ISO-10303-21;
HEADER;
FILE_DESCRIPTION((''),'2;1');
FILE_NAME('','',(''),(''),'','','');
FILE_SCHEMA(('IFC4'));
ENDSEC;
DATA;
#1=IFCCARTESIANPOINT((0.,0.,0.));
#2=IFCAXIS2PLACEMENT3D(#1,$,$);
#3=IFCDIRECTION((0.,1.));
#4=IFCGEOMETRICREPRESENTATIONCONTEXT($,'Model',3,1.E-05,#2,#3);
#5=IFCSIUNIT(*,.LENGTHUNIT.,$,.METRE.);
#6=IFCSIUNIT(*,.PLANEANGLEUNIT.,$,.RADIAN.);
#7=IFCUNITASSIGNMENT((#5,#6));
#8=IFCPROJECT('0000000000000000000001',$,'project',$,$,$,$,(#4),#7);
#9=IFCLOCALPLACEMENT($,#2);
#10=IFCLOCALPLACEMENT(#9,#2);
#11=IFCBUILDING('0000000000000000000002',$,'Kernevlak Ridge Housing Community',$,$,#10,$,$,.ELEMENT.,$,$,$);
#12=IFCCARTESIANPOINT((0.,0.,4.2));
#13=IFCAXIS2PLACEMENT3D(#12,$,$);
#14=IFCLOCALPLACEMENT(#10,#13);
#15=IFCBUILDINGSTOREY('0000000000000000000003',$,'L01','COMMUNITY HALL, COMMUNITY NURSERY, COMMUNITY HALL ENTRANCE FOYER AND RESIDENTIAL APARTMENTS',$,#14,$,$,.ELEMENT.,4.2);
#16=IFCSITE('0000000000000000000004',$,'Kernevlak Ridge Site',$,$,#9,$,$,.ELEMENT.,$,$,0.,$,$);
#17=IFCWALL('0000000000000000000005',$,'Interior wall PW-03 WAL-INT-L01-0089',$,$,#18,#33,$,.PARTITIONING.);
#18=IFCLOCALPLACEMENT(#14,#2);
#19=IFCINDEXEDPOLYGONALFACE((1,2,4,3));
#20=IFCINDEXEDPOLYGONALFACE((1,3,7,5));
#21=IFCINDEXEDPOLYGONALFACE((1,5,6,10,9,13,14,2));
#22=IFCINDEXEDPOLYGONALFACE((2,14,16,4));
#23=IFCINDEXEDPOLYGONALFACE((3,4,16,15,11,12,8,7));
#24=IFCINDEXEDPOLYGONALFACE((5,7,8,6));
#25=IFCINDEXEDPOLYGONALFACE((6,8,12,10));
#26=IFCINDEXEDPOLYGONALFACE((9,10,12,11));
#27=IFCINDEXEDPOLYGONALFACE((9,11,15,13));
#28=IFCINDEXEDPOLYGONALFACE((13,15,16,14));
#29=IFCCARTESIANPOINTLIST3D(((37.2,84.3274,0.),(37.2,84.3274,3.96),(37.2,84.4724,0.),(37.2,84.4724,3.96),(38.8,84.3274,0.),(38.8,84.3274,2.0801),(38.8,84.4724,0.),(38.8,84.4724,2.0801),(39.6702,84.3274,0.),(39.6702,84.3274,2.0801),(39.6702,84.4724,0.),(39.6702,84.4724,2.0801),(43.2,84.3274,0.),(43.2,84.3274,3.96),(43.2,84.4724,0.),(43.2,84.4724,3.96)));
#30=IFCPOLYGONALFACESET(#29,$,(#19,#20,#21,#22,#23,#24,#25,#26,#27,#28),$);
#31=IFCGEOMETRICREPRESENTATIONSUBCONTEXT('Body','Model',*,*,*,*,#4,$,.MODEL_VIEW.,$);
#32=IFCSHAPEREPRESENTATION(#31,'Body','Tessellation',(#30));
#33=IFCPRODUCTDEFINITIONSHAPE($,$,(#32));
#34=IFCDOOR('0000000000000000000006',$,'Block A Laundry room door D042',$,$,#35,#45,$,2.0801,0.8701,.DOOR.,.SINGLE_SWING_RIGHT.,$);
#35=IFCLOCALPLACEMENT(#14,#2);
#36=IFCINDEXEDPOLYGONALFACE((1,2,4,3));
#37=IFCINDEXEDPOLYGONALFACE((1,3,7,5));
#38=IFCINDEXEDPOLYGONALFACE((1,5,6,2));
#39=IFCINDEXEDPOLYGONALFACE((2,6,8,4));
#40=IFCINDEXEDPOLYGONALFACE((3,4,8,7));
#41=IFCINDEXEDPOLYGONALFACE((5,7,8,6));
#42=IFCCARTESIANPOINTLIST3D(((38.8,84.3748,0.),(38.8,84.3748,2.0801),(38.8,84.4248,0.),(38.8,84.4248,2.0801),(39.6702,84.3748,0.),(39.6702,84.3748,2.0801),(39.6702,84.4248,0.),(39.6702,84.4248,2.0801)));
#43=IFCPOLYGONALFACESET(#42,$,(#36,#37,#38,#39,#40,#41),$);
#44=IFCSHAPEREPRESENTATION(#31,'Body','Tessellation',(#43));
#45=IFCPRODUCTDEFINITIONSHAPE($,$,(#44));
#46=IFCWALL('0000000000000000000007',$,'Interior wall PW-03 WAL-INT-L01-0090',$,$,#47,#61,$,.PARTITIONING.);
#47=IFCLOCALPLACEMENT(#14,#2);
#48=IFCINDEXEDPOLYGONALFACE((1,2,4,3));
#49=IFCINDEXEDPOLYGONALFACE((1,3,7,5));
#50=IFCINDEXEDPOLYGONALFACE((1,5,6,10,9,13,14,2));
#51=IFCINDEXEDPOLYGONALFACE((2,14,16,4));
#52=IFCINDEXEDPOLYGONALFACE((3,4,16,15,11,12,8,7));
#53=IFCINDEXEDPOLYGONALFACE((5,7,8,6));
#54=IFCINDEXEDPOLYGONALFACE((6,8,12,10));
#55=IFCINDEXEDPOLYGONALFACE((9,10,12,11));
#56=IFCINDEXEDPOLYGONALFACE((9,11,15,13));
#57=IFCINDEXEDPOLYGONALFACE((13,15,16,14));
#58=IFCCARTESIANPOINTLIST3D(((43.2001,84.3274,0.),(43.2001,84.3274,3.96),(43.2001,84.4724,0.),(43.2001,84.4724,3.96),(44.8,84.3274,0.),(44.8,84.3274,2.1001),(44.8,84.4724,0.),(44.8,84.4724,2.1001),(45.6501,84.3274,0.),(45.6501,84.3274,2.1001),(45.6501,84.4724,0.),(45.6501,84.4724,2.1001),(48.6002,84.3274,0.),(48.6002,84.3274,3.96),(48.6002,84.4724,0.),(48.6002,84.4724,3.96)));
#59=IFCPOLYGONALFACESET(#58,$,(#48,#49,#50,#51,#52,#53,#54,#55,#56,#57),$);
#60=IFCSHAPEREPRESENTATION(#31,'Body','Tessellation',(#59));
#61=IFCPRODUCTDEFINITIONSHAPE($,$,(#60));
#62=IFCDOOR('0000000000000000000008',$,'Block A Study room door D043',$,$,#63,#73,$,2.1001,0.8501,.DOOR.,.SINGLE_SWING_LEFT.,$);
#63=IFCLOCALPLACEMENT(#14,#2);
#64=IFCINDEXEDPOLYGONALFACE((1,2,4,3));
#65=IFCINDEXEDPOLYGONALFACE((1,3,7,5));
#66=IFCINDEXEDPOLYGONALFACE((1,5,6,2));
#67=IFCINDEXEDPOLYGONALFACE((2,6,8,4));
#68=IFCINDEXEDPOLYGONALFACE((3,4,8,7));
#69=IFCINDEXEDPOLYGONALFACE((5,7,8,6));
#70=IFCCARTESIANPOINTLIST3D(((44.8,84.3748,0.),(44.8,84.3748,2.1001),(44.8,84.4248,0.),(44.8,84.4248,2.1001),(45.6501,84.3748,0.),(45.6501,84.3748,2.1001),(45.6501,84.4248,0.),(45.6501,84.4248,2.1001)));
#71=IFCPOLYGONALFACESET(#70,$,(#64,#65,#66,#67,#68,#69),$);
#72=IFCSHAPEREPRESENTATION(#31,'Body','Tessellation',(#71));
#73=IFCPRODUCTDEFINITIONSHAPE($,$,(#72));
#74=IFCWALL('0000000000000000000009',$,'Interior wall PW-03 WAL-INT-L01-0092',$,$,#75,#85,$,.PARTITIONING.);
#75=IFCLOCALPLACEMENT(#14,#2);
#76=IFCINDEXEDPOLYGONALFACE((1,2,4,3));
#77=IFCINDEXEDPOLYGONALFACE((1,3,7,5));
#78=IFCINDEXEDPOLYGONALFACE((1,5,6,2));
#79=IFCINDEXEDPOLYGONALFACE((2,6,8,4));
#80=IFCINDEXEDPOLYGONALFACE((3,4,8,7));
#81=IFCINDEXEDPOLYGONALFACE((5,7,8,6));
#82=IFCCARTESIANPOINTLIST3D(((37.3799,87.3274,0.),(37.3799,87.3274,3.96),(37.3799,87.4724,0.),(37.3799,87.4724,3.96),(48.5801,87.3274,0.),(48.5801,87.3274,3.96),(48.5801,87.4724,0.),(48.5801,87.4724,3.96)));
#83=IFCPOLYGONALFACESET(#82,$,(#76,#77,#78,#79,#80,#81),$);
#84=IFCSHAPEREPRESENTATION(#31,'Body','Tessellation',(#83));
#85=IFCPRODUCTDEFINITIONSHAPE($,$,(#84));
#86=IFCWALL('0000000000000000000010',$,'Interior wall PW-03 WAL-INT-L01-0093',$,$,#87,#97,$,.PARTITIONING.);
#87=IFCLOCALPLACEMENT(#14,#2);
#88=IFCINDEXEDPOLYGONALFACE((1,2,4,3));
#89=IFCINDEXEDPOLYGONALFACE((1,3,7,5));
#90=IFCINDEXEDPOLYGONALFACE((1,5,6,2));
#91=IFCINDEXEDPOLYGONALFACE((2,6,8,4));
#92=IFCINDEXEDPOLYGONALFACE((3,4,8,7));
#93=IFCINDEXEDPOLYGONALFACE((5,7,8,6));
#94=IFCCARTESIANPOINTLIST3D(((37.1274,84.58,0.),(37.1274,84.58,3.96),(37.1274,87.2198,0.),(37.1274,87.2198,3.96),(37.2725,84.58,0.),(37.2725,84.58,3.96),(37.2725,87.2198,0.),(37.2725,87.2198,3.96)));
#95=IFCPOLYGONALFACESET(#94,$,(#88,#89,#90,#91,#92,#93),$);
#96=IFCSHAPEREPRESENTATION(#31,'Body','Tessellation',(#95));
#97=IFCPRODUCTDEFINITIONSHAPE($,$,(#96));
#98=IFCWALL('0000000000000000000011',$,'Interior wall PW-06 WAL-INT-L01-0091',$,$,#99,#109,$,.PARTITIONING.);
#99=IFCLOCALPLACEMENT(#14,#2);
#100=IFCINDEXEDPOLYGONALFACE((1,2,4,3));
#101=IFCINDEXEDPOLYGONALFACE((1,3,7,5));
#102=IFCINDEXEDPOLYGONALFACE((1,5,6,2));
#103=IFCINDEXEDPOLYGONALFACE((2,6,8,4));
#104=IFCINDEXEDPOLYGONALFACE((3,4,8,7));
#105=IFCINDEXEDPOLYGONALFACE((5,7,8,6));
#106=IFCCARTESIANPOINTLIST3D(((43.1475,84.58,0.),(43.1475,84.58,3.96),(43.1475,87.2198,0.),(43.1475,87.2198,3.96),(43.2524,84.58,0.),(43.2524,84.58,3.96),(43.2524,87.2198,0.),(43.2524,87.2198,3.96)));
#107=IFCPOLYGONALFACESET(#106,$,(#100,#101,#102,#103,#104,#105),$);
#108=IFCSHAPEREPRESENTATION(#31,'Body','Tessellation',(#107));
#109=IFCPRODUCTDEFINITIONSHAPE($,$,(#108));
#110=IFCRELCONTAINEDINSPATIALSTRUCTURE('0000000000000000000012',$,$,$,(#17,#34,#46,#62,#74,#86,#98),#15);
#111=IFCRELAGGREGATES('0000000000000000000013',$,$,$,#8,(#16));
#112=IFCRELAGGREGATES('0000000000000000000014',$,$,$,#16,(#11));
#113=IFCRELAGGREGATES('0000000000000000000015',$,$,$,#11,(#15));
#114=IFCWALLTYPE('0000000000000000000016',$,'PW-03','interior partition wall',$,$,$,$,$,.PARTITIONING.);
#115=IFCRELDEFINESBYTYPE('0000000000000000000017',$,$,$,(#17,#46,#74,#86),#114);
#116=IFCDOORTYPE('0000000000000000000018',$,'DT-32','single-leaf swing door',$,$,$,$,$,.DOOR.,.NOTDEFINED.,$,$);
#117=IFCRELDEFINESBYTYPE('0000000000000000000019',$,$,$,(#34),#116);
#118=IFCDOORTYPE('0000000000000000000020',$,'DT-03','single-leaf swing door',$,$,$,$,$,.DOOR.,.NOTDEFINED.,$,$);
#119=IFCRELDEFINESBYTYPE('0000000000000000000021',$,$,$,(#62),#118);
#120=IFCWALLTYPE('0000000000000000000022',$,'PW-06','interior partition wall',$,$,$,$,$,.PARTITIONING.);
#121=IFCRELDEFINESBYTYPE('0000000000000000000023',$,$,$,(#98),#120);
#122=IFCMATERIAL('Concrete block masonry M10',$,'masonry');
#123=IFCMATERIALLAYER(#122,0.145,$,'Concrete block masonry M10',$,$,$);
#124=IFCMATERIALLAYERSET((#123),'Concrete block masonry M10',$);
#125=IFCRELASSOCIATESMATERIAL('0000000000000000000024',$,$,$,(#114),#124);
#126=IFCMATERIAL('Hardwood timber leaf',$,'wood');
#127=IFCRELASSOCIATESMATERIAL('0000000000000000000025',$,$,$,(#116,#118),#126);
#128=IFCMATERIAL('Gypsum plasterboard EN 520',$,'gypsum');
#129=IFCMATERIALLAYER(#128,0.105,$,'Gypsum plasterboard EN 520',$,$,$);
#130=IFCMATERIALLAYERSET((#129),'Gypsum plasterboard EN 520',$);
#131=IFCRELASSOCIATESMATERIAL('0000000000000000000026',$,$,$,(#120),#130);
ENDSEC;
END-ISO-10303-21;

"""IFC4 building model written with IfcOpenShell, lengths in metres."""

from ifc_helpers import new_model, si_unit, direction, frame, frame_2d, origin, place, context, subcontext, project, spatial, rectangle, extrude, material, layer, layer_set, type_object, element, fill, save


model = new_model("IFC4")

# Units and contexts
model_context = context("Model", 3, precision=1e-05, world=origin(), true_north=direction((0.0, 1.0)))
body_context = subcontext(model_context, "Body", "Model", "MODEL_VIEW")
ifc_project = project(units=[si_unit("LENGTHUNIT", "METRE"), si_unit("PLANEANGLEUNIT", "RADIAN")], contexts=[model_context])

# Site, building, storey
site_placement = place(None, origin())
site = spatial("IfcSite", under=ifc_project, at=site_placement, Name="Kernevlak Ridge Site", CompositionType="ELEMENT", RefElevation=0.0)
building_placement = place(site_placement, origin())
building = spatial("IfcBuilding", under=site, at=building_placement, Name="Kernevlak Ridge Housing Community", CompositionType="ELEMENT")
storey_placement = place(building_placement, frame((0.0, 0.0, 4.2)))
storey = spatial("IfcBuildingStorey", under=building, at=storey_placement, Name="L01", Description="COMMUNITY HALL, COMMUNITY NURSERY, COMMUNITY HALL ENTRANCE FOYER AND RESIDENTIAL APARTMENTS", CompositionType="ELEMENT", Elevation=4.2)

# Walls, openings, doors
ifc_material_1 = material(Name="Concrete block masonry M10", Category="masonry")
ifc_layer_1 = layer(ifc_material_1, 0.145, Name="Concrete block masonry M10")
ifc_layer_set_1 = layer_set([ifc_layer_1], Name="Concrete block masonry M10")
wall_type_1 = type_object("IfcWallType", Name="PW-03", Description="interior partition wall", PredefinedType="PARTITIONING", material=ifc_layer_set_1)
wall_1_placement = place(storey_placement, frame((37.2, 84.3999, 0.0), z_axis=(0.0, 0.0, 1.0), x_axis=(1.0, 0.0, 0.0)))
wall_1 = element("IfcWall", 1, at=wall_1_placement, inside=storey, type_object=wall_type_1, Name="Interior wall PW-03 WAL-INT-L01-0089", PredefinedType="PARTITIONING", context=body_context, shape_type="SweptSolid", body=[
    extrude(rectangle(XDim=6.0, YDim=0.145, at=frame_2d((3.0, 0.0))), origin(), (0.0, 0.0, 1.0), 3.96),
])
opening_1_placement = place(wall_1_placement, frame((1.6001, 0.0, 0.0)))
opening_1 = element("IfcOpeningElement", 2, at=opening_1_placement, cuts=wall_1, PredefinedType="OPENING", context=body_context, shape_type="SweptSolid", body=[
    extrude(rectangle(XDim=0.8701, YDim=2.0801, at=frame_2d((0.4351, 1.04))), frame((0.0, 0.0825, 0.0), z_axis=(0.0, -1.0, 0.0), x_axis=(1.0, 0.0, 0.0)), (0.0, 0.0, 1.0), 0.165),
])
ifc_material_2 = material(Name="Hardwood timber leaf", Category="wood")
door_type_1 = type_object("IfcDoorType", Name="DT-32", Description="single-leaf swing door", OperationType="NOTDEFINED", PredefinedType="DOOR", material=ifc_material_2)
door_1_placement = place(opening_1_placement, origin())
door_1 = element("IfcDoor", 3, at=door_1_placement, inside=storey, type_object=door_type_1, Name="Block A Laundry room door D042", OperationType="SINGLE_SWING_RIGHT", OverallHeight=2.0801, OverallWidth=0.8701, PredefinedType="DOOR", context=body_context, shape_type="SweptSolid", body=[
    extrude(rectangle(XDim=0.8701, YDim=2.0801, at=frame_2d((0.4351, 1.04))), frame((0.0, 0.0249, 0.0), z_axis=(0.0, -1.0, 0.0), x_axis=(1.0, 0.0, 0.0)), (0.0, 0.0, 1.0), 0.05),
])
fill(opening_1, door_1)
wall_2_placement = place(storey_placement, frame((43.2, 84.3999, 0.0), z_axis=(0.0, 0.0, 1.0), x_axis=(1.0, 0.0, 0.0)))
wall_2 = element("IfcWall", 4, at=wall_2_placement, inside=storey, type_object=wall_type_1, Name="Interior wall PW-03 WAL-INT-L01-0090", PredefinedType="PARTITIONING", context=body_context, shape_type="SweptSolid", body=[
    extrude(rectangle(XDim=5.4001, YDim=0.145, at=frame_2d((2.7002, 0.0))), origin(), (0.0, 0.0, 1.0), 3.96),
])
opening_2_placement = place(wall_2_placement, frame((1.6001, 0.0, 0.0)))
opening_2 = element("IfcOpeningElement", 5, at=opening_2_placement, cuts=wall_2, PredefinedType="OPENING", context=body_context, shape_type="SweptSolid", body=[
    extrude(rectangle(XDim=0.8501, YDim=2.1001, at=frame_2d((0.425, 1.05))), frame((0.0, 0.0825, 0.0), z_axis=(0.0, -1.0, 0.0), x_axis=(1.0, 0.0, 0.0)), (0.0, 0.0, 1.0), 0.165),
])
door_type_2 = type_object("IfcDoorType", Name="DT-03", Description="single-leaf swing door", OperationType="NOTDEFINED", PredefinedType="DOOR", material=ifc_material_2)
door_2_placement = place(opening_2_placement, origin())
door_2 = element("IfcDoor", 6, at=door_2_placement, inside=storey, type_object=door_type_2, Name="Block A Study room door D043", OperationType="SINGLE_SWING_LEFT", OverallHeight=2.1001, OverallWidth=0.8501, PredefinedType="DOOR", context=body_context, shape_type="SweptSolid", body=[
    extrude(rectangle(XDim=0.8501, YDim=2.1001, at=frame_2d((0.425, 1.05))), frame((0.0, 0.0249, 0.0), z_axis=(0.0, -1.0, 0.0), x_axis=(1.0, 0.0, 0.0)), (0.0, 0.0, 1.0), 0.05),
])
fill(opening_2, door_2)

# Walls
wall_3_placement = place(storey_placement, frame((37.3799, 87.3999, 0.0), z_axis=(0.0, 0.0, 1.0), x_axis=(1.0, 0.0, 0.0)))
element("IfcWall", 7, at=wall_3_placement, inside=storey, type_object=wall_type_1, Name="Interior wall PW-03 WAL-INT-L01-0092", PredefinedType="PARTITIONING", context=body_context, shape_type="SweptSolid", body=[
    extrude(rectangle(XDim=11.2002, YDim=0.145, at=frame_2d((5.6001, 0.0))), origin(), (0.0, 0.0, 1.0), 3.96),
])
wall_4_placement = place(storey_placement, frame((37.2, 84.5801, 0.0), z_axis=(0.0, 0.0, 1.0), x_axis=(0.0, 1.0, 0.0)))
element("IfcWall", 8, at=wall_4_placement, inside=storey, type_object=wall_type_1, Name="Interior wall PW-03 WAL-INT-L01-0093", PredefinedType="PARTITIONING", context=body_context, shape_type="SweptSolid", body=[
    extrude(rectangle(XDim=2.6399, YDim=0.145, at=frame_2d((1.3198, 0.0))), origin(), (0.0, 0.0, 1.0), 3.96),
])
ifc_material_3 = material(Name="Gypsum plasterboard EN 520", Category="gypsum")
ifc_layer_2 = layer(ifc_material_3, 0.105, Name="Gypsum plasterboard EN 520")
ifc_layer_set_2 = layer_set([ifc_layer_2], Name="Gypsum plasterboard EN 520")
wall_type_2 = type_object("IfcWallType", Name="PW-06", Description="interior partition wall", PredefinedType="PARTITIONING", material=ifc_layer_set_2)
wall_5_placement = place(storey_placement, frame((43.2, 84.5801, 0.0), z_axis=(0.0, 0.0, 1.0), x_axis=(0.0, 1.0, 0.0)))
element("IfcWall", 9, at=wall_5_placement, inside=storey, type_object=wall_type_2, Name="Interior wall PW-06 WAL-INT-L01-0091", PredefinedType="PARTITIONING", context=body_context, shape_type="SweptSolid", body=[
    extrude(rectangle(XDim=2.6399, YDim=0.105, at=frame_2d((1.3198, 0.0))), origin(), (0.0, 0.0, 1.0), 3.96),
])

save(model, "model.ifc")
